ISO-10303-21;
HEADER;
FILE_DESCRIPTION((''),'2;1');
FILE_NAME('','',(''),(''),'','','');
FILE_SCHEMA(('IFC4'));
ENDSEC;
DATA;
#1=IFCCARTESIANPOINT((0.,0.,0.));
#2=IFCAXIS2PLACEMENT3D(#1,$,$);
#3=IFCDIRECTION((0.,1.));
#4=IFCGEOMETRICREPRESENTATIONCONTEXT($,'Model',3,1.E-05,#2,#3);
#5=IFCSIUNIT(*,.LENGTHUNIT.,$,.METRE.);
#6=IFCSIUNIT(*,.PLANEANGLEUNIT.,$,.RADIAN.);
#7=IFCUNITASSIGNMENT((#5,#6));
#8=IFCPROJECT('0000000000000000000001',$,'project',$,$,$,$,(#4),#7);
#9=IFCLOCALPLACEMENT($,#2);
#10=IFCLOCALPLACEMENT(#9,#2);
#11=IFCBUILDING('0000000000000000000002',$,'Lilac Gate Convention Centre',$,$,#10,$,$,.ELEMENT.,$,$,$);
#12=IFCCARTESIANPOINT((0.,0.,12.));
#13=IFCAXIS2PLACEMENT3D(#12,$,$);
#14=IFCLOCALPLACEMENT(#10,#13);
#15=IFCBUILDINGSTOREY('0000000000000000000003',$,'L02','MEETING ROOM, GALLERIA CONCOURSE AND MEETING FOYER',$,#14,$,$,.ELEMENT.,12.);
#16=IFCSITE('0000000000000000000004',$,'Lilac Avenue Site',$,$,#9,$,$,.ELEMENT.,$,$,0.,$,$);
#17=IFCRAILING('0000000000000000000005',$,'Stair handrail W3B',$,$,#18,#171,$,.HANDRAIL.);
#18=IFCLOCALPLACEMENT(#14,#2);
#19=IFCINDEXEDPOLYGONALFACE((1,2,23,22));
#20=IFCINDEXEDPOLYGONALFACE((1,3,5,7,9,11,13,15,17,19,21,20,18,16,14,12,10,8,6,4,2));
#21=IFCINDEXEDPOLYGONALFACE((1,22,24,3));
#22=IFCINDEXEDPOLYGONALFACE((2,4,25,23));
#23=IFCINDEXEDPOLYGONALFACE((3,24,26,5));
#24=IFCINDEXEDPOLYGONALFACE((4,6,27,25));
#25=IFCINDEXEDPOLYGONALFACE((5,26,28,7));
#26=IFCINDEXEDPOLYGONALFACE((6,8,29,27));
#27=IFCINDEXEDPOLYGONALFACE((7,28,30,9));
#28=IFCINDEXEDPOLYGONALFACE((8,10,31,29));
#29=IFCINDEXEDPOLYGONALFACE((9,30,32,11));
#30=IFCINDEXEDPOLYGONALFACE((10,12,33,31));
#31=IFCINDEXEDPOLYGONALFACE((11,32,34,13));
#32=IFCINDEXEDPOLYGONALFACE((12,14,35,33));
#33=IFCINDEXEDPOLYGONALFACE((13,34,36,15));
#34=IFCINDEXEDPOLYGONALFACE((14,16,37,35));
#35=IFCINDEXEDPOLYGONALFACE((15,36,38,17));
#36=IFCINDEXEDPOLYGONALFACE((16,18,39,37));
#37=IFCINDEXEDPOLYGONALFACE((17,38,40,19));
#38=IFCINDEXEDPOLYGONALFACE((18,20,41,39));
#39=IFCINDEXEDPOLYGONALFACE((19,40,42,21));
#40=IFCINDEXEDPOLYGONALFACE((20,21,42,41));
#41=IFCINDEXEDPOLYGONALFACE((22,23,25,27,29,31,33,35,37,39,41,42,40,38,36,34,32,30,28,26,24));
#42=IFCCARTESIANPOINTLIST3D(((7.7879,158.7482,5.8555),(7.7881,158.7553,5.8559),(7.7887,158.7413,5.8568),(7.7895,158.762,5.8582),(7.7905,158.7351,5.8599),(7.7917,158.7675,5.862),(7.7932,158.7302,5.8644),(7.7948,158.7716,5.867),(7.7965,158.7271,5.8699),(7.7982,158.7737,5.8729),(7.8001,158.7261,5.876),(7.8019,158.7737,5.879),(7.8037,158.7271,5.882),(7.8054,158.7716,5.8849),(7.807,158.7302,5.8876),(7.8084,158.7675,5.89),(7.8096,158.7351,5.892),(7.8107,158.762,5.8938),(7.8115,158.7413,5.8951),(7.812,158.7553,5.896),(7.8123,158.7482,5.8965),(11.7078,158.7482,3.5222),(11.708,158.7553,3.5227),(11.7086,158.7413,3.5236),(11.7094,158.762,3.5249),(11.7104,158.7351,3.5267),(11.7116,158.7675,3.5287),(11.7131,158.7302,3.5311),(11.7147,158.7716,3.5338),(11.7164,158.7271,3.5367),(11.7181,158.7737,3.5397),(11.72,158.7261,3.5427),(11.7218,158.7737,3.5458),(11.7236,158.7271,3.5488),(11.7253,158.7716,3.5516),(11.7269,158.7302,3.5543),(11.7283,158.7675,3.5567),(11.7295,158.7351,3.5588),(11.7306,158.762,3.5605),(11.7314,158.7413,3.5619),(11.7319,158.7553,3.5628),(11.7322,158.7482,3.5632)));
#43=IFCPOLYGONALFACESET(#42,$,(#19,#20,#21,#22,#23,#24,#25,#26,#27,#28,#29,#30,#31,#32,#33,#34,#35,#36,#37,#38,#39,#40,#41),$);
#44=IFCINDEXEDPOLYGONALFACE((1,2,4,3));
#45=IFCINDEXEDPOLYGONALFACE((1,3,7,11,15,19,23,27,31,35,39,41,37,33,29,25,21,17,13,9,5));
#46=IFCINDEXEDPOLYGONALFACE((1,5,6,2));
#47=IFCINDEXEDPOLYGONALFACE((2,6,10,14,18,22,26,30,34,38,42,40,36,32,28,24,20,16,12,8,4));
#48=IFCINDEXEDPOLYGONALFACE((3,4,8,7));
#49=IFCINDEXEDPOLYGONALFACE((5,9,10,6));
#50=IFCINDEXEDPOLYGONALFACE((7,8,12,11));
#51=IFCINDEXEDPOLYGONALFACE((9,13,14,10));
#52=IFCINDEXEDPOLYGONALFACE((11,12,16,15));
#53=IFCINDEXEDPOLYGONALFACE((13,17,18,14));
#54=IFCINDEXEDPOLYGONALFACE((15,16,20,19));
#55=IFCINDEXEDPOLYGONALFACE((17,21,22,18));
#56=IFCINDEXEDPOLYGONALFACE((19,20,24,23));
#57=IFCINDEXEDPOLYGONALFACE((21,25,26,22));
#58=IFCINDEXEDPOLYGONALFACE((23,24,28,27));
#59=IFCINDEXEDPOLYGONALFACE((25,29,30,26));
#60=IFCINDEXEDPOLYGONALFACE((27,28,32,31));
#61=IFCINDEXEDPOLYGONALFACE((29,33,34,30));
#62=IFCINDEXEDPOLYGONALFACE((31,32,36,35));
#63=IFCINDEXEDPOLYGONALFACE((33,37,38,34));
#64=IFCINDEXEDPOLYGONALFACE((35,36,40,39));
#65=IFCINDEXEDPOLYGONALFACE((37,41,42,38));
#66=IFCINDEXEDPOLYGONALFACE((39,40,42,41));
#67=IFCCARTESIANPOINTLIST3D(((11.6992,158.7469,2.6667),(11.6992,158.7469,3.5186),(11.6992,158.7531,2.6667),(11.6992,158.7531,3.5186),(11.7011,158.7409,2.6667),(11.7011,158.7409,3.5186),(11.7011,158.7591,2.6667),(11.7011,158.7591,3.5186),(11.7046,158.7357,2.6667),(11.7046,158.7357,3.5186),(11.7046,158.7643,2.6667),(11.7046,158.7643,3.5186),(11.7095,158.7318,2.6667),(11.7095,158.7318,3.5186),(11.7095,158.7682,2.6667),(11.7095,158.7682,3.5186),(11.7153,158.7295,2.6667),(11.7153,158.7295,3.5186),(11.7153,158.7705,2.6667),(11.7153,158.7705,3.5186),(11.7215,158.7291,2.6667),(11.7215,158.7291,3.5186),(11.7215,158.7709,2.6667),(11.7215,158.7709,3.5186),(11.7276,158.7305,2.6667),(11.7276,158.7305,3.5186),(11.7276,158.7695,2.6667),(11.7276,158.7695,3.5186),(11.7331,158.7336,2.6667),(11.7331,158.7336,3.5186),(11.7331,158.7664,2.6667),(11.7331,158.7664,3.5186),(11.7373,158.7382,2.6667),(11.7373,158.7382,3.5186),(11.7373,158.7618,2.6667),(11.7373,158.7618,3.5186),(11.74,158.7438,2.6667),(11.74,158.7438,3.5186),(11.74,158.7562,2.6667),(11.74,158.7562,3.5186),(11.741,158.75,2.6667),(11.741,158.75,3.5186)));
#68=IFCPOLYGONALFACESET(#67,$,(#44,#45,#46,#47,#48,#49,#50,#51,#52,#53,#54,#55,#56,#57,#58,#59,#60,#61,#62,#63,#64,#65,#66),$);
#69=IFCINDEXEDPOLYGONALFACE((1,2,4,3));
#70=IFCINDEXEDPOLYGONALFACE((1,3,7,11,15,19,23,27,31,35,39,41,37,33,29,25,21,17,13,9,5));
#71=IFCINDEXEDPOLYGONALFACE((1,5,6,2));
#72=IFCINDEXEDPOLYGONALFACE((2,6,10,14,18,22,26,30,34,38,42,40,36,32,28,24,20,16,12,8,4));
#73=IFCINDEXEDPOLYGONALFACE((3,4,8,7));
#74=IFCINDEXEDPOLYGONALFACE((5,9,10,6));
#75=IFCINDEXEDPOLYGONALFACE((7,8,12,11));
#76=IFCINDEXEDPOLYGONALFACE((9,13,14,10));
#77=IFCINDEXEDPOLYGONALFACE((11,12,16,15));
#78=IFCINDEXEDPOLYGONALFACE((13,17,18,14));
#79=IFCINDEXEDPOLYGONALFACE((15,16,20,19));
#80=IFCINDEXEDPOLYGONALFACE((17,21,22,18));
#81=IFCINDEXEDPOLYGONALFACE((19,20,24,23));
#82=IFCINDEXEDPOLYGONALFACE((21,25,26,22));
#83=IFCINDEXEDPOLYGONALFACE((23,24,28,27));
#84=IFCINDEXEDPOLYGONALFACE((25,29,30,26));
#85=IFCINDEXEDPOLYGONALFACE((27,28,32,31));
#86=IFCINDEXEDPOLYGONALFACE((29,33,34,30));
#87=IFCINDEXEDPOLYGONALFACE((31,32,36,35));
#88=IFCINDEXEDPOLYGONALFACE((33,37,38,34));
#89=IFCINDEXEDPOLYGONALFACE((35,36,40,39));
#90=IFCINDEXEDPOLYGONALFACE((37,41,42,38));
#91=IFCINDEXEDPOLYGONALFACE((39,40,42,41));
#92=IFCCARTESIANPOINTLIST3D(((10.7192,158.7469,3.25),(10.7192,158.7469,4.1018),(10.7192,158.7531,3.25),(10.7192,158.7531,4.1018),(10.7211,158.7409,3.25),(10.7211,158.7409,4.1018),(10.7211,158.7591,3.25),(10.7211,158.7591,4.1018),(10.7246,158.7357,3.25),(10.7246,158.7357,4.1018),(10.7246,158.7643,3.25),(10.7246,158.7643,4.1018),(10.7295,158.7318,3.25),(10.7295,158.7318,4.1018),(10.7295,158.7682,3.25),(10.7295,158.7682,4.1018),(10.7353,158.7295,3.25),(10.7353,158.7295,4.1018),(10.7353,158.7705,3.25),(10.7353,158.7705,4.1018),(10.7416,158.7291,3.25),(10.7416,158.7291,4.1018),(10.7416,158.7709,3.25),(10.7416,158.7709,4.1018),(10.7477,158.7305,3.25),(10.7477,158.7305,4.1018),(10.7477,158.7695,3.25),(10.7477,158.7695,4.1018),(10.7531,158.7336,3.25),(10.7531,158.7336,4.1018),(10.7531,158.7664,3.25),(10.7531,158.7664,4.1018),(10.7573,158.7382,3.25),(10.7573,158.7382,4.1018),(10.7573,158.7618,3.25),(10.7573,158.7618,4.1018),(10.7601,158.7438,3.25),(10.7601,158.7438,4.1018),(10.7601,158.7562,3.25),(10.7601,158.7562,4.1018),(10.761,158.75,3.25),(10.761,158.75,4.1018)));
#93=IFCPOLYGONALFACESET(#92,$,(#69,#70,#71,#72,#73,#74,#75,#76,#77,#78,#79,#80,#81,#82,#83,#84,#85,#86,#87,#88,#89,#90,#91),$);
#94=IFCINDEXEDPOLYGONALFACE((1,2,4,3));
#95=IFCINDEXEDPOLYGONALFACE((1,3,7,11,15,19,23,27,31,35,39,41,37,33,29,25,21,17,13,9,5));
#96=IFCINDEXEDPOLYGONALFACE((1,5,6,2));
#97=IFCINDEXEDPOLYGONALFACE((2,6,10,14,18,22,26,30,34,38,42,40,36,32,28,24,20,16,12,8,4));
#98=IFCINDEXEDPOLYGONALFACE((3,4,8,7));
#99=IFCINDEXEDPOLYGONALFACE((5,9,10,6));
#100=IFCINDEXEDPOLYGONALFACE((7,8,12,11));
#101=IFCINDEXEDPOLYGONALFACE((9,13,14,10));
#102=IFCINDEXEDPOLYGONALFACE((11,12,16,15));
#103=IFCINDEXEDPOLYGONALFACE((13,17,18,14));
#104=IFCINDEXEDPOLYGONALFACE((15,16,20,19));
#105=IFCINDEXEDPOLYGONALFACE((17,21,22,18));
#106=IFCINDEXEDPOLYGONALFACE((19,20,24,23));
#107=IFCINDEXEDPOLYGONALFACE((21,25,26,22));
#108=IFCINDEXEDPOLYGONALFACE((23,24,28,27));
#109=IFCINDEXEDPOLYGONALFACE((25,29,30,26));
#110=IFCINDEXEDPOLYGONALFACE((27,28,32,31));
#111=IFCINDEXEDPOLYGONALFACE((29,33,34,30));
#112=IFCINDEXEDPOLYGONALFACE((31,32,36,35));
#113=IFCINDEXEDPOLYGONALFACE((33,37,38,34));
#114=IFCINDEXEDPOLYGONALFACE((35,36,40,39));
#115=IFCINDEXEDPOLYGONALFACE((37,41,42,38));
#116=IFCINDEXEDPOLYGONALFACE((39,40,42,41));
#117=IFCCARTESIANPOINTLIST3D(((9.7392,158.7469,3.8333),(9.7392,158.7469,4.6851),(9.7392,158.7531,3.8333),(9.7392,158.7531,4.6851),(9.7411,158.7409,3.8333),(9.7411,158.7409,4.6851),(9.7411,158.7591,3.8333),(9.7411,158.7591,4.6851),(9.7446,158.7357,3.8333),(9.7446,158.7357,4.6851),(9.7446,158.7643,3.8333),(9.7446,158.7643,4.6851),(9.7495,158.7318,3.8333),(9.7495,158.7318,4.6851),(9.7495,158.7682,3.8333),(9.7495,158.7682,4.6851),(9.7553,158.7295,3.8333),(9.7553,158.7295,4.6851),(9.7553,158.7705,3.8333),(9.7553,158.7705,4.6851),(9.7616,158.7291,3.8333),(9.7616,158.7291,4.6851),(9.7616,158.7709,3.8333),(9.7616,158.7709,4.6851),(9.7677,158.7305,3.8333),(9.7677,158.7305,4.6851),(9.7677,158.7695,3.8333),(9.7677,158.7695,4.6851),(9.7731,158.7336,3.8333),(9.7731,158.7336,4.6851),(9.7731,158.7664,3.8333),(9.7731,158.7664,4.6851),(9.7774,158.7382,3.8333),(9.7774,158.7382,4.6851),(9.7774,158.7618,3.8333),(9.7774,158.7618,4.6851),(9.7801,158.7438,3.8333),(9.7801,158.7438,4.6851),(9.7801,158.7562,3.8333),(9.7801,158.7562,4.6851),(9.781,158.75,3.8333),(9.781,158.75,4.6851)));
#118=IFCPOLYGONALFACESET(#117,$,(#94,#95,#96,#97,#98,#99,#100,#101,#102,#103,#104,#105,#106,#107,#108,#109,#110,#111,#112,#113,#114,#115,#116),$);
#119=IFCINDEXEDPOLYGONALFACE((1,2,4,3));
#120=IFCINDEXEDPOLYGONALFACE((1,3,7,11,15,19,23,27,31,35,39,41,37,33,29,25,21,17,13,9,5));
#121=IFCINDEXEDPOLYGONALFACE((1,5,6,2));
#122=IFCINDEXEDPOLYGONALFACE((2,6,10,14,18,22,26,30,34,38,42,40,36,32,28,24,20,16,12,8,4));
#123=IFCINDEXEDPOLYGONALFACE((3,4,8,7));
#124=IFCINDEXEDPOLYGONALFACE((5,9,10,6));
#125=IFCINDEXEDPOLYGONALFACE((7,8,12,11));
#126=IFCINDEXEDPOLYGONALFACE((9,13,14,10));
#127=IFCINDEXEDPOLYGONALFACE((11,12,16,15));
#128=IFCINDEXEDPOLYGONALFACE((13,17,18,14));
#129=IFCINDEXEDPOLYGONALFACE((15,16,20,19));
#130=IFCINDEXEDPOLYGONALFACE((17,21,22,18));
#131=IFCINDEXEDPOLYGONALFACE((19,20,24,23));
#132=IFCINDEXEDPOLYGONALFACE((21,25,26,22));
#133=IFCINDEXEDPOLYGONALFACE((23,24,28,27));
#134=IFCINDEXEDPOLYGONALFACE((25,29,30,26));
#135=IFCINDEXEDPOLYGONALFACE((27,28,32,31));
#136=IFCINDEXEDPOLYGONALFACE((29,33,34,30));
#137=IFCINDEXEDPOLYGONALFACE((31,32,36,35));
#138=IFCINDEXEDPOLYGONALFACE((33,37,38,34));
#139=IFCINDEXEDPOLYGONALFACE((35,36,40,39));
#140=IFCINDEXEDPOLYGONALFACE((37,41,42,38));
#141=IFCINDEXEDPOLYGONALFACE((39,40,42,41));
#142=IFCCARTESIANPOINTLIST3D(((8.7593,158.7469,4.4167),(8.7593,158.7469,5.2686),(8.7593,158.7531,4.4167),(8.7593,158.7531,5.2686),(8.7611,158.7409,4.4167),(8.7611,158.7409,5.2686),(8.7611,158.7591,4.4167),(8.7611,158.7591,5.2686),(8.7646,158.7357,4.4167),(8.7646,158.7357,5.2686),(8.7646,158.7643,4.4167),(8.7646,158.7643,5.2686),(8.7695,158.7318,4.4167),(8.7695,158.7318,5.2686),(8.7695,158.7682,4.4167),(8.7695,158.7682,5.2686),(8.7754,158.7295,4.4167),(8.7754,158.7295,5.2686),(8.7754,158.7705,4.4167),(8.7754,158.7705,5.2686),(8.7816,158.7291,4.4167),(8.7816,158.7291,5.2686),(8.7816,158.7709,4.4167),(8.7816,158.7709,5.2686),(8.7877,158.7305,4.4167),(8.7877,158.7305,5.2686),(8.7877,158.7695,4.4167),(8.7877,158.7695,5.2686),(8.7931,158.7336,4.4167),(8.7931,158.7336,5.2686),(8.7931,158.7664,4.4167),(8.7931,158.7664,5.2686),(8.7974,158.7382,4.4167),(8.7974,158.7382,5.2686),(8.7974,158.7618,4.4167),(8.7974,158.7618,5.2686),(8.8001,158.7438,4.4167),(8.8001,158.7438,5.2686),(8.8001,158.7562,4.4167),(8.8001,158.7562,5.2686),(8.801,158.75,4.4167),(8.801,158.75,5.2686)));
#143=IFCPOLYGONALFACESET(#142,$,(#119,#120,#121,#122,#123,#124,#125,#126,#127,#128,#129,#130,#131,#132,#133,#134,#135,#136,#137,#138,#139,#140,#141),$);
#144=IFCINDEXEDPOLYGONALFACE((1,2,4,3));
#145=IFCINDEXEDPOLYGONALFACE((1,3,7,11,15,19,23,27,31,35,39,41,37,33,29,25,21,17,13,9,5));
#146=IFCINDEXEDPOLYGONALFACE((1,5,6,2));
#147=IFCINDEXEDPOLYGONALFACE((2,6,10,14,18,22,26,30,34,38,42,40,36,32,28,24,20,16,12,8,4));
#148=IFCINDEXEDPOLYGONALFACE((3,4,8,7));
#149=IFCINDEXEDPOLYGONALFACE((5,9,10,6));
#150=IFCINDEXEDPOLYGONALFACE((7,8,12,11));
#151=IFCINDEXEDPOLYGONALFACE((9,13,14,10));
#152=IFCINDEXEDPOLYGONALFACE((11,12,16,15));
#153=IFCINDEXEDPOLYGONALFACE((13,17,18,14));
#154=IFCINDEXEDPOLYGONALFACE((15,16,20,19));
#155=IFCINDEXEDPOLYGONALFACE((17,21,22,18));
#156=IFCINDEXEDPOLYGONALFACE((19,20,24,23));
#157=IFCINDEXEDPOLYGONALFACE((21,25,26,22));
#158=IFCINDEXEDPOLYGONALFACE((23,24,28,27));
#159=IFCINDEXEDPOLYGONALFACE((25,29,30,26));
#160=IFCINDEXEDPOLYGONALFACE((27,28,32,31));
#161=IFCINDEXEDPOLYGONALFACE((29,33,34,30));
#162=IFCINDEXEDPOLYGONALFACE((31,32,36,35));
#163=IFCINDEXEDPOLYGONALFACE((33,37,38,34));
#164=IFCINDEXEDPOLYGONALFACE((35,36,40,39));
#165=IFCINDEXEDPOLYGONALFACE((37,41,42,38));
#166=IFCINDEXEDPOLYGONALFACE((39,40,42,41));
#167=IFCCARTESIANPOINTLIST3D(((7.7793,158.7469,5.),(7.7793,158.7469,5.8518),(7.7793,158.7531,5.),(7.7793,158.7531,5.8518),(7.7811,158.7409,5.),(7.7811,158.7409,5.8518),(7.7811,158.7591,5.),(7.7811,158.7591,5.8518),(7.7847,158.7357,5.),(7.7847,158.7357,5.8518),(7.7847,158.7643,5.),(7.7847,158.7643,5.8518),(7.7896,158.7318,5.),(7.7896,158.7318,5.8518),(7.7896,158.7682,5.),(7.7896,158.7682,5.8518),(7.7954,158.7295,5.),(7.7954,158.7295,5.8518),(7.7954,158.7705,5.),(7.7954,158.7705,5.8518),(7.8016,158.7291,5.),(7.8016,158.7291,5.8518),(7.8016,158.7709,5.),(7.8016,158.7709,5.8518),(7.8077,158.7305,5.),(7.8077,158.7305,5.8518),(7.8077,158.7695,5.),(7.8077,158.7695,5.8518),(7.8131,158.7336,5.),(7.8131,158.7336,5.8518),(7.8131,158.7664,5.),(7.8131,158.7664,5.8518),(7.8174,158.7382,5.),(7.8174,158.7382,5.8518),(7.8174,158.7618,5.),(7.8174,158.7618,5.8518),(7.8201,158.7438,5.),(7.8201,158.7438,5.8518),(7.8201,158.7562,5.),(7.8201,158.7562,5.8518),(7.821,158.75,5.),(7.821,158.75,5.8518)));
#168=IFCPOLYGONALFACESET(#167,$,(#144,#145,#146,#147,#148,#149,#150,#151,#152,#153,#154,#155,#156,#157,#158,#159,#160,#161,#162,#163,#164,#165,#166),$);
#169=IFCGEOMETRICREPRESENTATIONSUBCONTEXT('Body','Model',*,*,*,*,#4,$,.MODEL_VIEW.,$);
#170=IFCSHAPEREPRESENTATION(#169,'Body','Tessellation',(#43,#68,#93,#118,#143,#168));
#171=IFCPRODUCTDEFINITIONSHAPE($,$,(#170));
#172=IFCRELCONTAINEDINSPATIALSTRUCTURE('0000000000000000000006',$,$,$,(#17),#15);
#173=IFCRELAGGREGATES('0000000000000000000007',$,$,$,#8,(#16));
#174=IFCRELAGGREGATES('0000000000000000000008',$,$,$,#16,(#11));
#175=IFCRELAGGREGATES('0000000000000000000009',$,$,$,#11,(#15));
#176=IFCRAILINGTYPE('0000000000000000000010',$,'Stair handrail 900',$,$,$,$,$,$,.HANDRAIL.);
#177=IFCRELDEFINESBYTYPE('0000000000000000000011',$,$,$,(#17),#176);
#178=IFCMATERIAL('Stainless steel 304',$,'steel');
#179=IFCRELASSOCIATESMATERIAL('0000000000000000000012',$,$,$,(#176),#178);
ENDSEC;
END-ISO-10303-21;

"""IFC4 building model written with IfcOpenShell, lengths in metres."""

from ifc_helpers import new_model, si_unit, direction, frame, origin, origin_2d, place, context, subcontext, project, spatial, circle, extrude, material, type_object, element, save


model = new_model("IFC4")

# Units and contexts
model_context = context("Model", 3, precision=1e-05, world=origin(), true_north=direction((0.0, 1.0)))
body_context = subcontext(model_context, "Body", "Model", "MODEL_VIEW")
ifc_project = project(units=[si_unit("LENGTHUNIT", "METRE"), si_unit("PLANEANGLEUNIT", "RADIAN")], contexts=[model_context])

# Site, building, storey
site_placement = place(None, origin())
site = spatial("IfcSite", under=ifc_project, at=site_placement, Name="Lilac Avenue Site", CompositionType="ELEMENT", RefElevation=0.0)
building_placement = place(site_placement, origin())
building = spatial("IfcBuilding", under=site, at=building_placement, Name="Lilac Gate Convention Centre", CompositionType="ELEMENT")
storey_placement = place(building_placement, frame((0.0, 0.0, 12.0)))
storey = spatial("IfcBuildingStorey", under=building, at=storey_placement, Name="L02", Description="MEETING ROOM, GALLERIA CONCOURSE AND MEETING FOYER", CompositionType="ELEMENT", Elevation=12.0)

# Shared definitions
ifc_material_1 = material(Name="Stainless steel 304", Category="steel")

# Railing
railing_type = type_object("IfcRailingType", Name="Stair handrail 900", PredefinedType="HANDRAIL", material=ifc_material_1)
for number, where, name in (
    (1, (11.72, 158.75, 2.6667), "Stair handrail W3B"),
):
    element("IfcRailing", number, at=place(storey_placement, frame(where)), inside=storey, type_object=railing_type, Name=name, PredefinedType="HANDRAIL", context=body_context, shape_type="SweptSolid", body=[
        extrude(circle(Radius=0.0239, at=origin_2d()), frame((0.0, 0.0, 0.876), z_axis=(-0.859296, 0.0, 0.511478), x_axis=(0.0, -1.0, 0.0)), (0.0, 0.0, 1.0), 4.5618),
        extrude(circle(Radius=0.021, at=origin_2d()), origin(), (0.0, 0.0, 1.0), 0.8518),
        extrude(circle(Radius=0.021, at=origin_2d()), frame((-0.98, 0.0, 0.5833)), (0.0, 0.0, 1.0), 0.8518),
        extrude(circle(Radius=0.021, at=origin_2d()), frame((-1.96, 0.0, 1.1665)), (0.0, 0.0, 1.0), 0.8518),
        extrude(circle(Radius=0.021, at=origin_2d()), frame((-2.9399, 0.0, 1.75)), (0.0, 0.0, 1.0), 0.8518),
        extrude(circle(Radius=0.021, at=origin_2d()), frame((-3.9199, 0.0, 2.3333)), (0.0, 0.0, 1.0), 0.8518),
    ])

save(model, "model.ifc")
